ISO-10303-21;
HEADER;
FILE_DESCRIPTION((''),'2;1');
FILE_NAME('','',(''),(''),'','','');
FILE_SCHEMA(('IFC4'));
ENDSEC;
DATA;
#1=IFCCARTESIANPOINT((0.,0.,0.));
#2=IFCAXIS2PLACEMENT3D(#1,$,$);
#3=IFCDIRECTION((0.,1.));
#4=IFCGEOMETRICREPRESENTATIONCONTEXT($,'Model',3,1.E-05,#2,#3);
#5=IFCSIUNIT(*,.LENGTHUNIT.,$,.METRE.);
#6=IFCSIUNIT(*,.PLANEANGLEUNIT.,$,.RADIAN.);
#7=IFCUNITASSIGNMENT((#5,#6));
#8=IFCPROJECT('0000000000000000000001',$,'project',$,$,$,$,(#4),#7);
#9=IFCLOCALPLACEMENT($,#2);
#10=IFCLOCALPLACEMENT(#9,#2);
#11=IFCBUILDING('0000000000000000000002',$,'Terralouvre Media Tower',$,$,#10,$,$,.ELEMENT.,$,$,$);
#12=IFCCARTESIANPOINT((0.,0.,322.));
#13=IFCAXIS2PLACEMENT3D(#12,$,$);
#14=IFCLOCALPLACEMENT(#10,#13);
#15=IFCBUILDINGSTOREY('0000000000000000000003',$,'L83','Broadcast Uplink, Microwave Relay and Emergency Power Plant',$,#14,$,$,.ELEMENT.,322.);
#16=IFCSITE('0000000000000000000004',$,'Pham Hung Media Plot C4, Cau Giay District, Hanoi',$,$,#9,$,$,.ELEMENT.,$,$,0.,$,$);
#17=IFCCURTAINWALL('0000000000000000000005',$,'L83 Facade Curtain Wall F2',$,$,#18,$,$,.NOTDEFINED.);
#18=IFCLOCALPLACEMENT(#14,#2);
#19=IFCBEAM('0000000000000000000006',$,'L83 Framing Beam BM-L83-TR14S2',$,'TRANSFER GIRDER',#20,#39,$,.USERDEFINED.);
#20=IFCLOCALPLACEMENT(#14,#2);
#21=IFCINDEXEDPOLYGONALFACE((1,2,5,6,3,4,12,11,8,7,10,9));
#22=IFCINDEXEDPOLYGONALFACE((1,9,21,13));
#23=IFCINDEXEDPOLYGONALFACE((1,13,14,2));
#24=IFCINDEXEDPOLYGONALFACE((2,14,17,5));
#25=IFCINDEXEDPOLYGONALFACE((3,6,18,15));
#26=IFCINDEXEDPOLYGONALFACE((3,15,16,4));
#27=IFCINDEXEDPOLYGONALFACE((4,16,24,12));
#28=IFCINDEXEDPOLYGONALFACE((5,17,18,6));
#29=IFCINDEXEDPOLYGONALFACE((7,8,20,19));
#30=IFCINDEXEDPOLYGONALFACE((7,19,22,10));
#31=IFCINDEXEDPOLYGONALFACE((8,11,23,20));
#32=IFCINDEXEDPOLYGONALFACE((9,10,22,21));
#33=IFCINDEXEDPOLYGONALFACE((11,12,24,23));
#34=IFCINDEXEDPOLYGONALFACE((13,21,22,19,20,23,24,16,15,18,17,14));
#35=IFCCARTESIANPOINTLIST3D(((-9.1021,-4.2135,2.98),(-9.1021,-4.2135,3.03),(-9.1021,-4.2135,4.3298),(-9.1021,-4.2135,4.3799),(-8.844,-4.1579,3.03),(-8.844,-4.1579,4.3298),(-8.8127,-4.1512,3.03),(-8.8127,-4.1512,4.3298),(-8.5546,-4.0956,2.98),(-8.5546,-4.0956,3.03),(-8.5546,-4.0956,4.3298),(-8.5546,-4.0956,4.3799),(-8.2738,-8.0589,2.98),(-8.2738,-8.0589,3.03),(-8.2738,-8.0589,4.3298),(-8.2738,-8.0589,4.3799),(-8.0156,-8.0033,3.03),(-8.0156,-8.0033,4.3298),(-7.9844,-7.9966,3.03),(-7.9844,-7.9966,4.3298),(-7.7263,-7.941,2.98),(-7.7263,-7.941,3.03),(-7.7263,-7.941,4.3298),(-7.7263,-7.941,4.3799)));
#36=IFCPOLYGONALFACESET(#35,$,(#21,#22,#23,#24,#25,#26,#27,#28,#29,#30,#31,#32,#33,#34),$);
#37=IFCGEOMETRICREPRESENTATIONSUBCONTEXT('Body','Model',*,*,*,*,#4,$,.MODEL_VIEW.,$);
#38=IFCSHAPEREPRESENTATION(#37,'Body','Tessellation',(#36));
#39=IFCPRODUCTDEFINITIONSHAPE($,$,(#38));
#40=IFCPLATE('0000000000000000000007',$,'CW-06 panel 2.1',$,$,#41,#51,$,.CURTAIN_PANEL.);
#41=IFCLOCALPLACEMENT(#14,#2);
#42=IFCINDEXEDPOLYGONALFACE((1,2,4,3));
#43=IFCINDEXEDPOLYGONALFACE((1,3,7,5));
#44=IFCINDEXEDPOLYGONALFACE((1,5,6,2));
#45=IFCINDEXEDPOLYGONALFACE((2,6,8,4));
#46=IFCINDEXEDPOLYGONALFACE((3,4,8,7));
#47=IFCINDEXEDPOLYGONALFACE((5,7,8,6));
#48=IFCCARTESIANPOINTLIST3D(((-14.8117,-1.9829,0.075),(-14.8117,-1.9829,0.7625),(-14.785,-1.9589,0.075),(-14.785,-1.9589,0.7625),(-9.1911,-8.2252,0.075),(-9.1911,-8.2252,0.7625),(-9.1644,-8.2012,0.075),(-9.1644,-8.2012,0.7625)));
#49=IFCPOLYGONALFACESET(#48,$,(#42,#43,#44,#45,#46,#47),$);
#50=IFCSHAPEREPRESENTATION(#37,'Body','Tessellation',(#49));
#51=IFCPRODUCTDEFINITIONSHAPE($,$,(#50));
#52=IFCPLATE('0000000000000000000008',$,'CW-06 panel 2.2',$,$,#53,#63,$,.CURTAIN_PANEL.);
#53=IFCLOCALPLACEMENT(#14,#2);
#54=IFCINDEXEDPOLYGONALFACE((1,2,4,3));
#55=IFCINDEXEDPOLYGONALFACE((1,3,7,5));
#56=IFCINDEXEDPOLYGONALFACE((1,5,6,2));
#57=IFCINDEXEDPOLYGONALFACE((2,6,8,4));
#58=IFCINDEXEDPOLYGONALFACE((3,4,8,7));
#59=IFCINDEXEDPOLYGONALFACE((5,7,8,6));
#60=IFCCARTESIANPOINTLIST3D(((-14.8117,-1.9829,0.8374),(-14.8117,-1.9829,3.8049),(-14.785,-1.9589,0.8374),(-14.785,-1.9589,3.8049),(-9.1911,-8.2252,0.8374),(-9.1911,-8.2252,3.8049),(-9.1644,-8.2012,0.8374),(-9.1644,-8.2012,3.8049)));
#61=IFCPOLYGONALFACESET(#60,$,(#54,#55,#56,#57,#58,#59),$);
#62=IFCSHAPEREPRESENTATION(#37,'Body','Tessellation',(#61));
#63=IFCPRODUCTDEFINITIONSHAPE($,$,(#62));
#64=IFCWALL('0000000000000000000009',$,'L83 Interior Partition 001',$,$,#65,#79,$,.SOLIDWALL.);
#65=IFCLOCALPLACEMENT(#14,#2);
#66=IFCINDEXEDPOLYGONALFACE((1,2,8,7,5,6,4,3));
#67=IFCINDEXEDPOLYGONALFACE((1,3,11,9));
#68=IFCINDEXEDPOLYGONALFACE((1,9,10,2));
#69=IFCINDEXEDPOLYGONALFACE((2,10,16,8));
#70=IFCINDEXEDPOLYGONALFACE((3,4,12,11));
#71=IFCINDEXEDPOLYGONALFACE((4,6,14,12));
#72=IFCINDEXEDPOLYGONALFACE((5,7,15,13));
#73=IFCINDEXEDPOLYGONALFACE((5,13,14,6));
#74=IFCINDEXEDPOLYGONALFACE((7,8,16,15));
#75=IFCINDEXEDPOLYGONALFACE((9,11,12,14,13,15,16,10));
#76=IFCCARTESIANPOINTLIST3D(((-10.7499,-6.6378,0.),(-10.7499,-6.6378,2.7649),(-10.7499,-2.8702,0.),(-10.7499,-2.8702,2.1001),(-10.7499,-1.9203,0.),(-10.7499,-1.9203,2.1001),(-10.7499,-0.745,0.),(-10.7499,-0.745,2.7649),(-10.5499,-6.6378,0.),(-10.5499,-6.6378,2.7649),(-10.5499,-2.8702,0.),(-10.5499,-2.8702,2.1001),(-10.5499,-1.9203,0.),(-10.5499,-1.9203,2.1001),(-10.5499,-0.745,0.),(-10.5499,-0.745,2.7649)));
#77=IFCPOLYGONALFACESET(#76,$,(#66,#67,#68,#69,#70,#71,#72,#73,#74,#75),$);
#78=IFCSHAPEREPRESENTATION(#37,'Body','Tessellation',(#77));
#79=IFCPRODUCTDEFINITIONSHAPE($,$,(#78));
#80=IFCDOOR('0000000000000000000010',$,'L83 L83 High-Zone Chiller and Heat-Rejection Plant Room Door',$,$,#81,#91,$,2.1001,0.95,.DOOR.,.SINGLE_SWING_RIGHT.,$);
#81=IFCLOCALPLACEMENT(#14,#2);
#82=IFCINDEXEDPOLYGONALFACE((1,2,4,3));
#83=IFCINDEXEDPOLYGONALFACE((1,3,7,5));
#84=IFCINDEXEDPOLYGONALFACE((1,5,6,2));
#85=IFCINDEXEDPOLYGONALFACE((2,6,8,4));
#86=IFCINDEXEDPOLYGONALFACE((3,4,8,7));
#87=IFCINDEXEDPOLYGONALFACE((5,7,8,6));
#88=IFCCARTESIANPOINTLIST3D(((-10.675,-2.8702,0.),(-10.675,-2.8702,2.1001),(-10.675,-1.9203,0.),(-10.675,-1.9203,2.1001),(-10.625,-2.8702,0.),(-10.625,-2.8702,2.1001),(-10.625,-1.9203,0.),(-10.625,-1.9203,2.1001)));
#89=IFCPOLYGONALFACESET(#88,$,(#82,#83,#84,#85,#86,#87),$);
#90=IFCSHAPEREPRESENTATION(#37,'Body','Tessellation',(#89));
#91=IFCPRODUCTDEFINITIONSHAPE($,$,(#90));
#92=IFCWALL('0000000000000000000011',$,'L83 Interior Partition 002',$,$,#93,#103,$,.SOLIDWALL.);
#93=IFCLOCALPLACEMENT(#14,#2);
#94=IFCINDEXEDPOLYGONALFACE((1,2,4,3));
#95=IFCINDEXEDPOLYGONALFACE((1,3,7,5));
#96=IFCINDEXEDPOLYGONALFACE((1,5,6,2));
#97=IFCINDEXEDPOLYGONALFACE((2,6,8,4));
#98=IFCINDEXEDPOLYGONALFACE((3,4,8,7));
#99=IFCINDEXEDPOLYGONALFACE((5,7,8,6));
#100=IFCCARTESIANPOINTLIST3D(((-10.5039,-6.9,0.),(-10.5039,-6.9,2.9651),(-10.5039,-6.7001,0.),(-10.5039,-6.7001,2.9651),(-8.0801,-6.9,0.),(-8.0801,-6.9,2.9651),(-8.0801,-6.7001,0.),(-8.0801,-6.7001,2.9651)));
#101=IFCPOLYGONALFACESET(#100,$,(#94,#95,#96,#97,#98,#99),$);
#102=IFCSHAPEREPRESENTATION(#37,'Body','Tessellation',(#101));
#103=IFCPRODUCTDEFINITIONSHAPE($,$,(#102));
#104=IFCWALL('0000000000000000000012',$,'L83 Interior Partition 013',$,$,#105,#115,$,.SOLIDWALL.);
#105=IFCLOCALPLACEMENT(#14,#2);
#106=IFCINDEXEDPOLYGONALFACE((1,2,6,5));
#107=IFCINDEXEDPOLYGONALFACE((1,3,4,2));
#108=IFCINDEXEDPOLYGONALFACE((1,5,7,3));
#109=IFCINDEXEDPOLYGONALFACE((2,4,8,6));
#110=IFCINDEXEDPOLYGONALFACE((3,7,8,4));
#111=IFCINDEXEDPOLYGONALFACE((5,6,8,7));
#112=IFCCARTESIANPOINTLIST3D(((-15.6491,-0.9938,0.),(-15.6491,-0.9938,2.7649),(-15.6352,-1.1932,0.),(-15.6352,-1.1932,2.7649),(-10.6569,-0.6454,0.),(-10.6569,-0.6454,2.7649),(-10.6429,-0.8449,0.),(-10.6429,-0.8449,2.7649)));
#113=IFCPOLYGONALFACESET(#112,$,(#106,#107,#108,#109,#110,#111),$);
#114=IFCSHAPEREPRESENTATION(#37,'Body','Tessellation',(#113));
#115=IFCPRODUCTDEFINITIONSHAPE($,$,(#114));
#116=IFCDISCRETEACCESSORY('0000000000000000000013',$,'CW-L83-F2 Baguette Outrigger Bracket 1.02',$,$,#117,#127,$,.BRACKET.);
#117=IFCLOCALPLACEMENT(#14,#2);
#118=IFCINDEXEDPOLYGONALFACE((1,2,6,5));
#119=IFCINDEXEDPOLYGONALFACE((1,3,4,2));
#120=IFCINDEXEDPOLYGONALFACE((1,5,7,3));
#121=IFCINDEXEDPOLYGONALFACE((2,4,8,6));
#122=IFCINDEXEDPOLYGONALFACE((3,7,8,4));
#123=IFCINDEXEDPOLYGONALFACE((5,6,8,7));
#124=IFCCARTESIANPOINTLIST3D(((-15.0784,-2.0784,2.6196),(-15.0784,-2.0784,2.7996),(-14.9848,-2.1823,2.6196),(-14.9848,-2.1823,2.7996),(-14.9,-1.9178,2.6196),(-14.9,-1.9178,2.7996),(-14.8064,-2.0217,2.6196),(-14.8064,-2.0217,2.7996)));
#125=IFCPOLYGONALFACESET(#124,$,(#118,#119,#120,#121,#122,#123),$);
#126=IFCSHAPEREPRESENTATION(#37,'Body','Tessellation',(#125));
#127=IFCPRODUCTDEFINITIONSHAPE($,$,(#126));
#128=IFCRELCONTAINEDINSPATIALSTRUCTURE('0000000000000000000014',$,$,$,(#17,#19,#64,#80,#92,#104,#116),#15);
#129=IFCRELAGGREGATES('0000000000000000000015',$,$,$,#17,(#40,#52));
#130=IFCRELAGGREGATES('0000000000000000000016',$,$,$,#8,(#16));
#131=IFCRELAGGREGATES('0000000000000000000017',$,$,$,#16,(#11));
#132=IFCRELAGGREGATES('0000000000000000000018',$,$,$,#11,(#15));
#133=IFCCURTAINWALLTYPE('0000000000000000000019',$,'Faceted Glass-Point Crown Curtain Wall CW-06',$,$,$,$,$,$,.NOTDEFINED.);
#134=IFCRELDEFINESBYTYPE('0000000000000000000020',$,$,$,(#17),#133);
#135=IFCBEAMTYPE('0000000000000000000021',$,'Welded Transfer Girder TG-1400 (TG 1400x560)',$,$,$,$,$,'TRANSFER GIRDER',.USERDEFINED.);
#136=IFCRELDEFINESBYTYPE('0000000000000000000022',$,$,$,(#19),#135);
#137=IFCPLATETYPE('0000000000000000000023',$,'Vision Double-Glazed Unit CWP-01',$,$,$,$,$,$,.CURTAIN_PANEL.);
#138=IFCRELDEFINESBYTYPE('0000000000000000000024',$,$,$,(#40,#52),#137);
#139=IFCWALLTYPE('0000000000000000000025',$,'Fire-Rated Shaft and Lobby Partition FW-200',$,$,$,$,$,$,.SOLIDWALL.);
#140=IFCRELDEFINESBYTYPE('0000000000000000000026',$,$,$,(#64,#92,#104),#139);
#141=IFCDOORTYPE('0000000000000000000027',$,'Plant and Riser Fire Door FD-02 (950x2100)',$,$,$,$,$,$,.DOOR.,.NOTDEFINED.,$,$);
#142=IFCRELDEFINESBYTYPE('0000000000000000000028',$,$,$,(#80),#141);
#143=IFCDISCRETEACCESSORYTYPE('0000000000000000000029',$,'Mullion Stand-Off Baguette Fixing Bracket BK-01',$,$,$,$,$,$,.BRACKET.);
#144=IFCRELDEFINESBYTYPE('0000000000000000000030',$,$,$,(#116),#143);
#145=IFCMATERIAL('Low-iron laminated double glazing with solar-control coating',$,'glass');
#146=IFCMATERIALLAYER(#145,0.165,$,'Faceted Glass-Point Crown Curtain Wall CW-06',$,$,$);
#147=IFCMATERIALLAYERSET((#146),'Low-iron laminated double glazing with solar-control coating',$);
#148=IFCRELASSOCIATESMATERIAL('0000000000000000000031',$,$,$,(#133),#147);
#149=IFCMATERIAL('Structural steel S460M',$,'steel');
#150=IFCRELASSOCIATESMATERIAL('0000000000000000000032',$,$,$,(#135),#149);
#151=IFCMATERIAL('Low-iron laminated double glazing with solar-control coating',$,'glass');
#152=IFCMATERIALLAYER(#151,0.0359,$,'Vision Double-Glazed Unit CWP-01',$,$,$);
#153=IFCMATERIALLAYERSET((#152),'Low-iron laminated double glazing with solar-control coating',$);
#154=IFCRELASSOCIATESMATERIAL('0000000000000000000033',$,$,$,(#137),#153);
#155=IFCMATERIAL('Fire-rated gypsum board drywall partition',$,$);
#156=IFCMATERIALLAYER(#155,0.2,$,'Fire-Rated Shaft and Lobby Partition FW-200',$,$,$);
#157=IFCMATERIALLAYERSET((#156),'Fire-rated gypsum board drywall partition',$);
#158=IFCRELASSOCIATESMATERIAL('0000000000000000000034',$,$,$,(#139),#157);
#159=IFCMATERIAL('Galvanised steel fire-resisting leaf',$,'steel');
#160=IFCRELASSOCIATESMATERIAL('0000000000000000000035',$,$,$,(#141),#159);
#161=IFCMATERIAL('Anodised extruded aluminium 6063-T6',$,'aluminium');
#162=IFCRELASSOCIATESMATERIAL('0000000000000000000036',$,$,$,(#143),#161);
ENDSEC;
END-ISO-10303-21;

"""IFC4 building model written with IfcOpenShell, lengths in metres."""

from ifc_helpers import new_model, si_unit, direction, frame, frame_2d, origin, origin_2d, place, context, subcontext, project, spatial, rectangle, i_section, extrude, material, layer, layer_set, material_profile, profile_set, type_object, element, fill, aggregate, save


model = new_model("IFC4")

# Units and contexts
model_context = context("Model", 3, precision=1e-05, world=origin(), true_north=direction((0.0, 1.0)))
body_context = subcontext(model_context, "Body", "Model", "MODEL_VIEW")
ifc_project = project(units=[si_unit("LENGTHUNIT", "METRE"), si_unit("PLANEANGLEUNIT", "RADIAN")], contexts=[model_context])

# Site, building, storey
site_placement = place(None, origin())
site = spatial("IfcSite", under=ifc_project, at=site_placement, Name="Pham Hung Media Plot C4, Cau Giay District, Hanoi", CompositionType="ELEMENT", RefElevation=0.0)
building_placement = place(site_placement, origin())
building = spatial("IfcBuilding", under=site, at=building_placement, Name="Terralouvre Media Tower", CompositionType="ELEMENT")
storey_placement = place(building_placement, frame((0.0, 0.0, 322.0)))
storey = spatial("IfcBuildingStorey", under=building, at=storey_placement, Name="L83", Description="Broadcast Uplink, Microwave Relay and Emergency Power Plant", CompositionType="ELEMENT", Elevation=322.0)

# Curtain wall
ifc_material_1 = material(Name="Low-iron laminated double glazing with solar-control coating", Category="glass")
ifc_layer_1 = layer(ifc_material_1, 0.165, Name="Faceted Glass-Point Crown Curtain Wall CW-06")
ifc_layer_set_1 = layer_set([ifc_layer_1], Name="Low-iron laminated double glazing with solar-control coating")
curtain_wall_type = type_object("IfcCurtainWallType", Name="Faceted Glass-Point Crown Curtain Wall CW-06", PredefinedType="NOTDEFINED", material=ifc_layer_set_1)
curtain_wall_placement = place(storey_placement, origin())
curtain_wall = element("IfcCurtainWall", 1, at=curtain_wall_placement, inside=storey, type_object=curtain_wall_type, Name="L83 Facade Curtain Wall F2", PredefinedType="NOTDEFINED")

# Beam
ifc_material_2 = material(Name="Structural steel S460M", Category="steel")
ifc_material_profile_1 = material_profile(ifc_material_2, i_section(OverallWidth=0.5601, OverallDepth=1.3999, WebThickness=0.032, FlangeThickness=0.05, at=origin_2d()), Name="TG 1400x560")
ifc_profile_set_1 = profile_set([ifc_material_profile_1], Name="Structural steel S460M")
beam_type = type_object("IfcBeamType", Name="Welded Transfer Girder TG-1400 (TG 1400x560)", ElementType="TRANSFER GIRDER", PredefinedType="USERDEFINED", material=ifc_profile_set_1)
beam_1_placement = place(storey_placement, frame((-8.8284, -4.1545, 3.6799), z_axis=(0.210584, -0.977576, 0.0), x_axis=(0.977576, 0.210584, 0.0)))
element("IfcBeam", 2, at=beam_1_placement, inside=storey, type_object=beam_type, Name="L83 Framing Beam BM-L83-TR14S2", ObjectType="TRANSFER GIRDER", PredefinedType="USERDEFINED", context=body_context, shape_type="SweptSolid", body=[
    extrude(i_section(OverallWidth=0.5601, OverallDepth=1.3999, WebThickness=0.032, FlangeThickness=0.05, at=origin_2d()), origin(), (0.0, 0.0, 1.0), 3.9336),
])

# Plates
ifc_material_3 = material(Name="Low-iron laminated double glazing with solar-control coating", Category="glass")
ifc_layer_2 = layer(ifc_material_3, 0.0359, Name="Vision Double-Glazed Unit CWP-01")
ifc_layer_set_2 = layer_set([ifc_layer_2], Name="Low-iron laminated double glazing with solar-control coating")
plate_type = type_object("IfcPlateType", Name="Vision Double-Glazed Unit CWP-01", PredefinedType="CURTAIN_PANEL", material=ifc_layer_set_2)
plate_1_placement = place(storey_placement, frame((-11.988, -5.092, 0.075), z_axis=(0.0, 0.0, 1.0), x_axis=(0.669131, -0.743145, 0.0)))
plate_1 = element("IfcPlate", 3, at=plate_1_placement, type_object=plate_type, Name="CW-06 panel 2.1", PredefinedType="CURTAIN_PANEL", context=body_context, shape_type="SweptSolid", body=[
    extrude(rectangle(XDim=8.3999, YDim=0.0359, at=origin_2d()), origin(), (0.0, 0.0, 1.0), 0.6875),
])
plate_2_placement = place(storey_placement, frame((-11.988, -5.092, 0.8374), z_axis=(0.0, 0.0, 1.0), x_axis=(0.669131, -0.743145, 0.0)))
plate_2 = element("IfcPlate", 4, at=plate_2_placement, type_object=plate_type, Name="CW-06 panel 2.2", PredefinedType="CURTAIN_PANEL", context=body_context, shape_type="SweptSolid", body=[
    extrude(rectangle(XDim=8.3999, YDim=0.0359, at=origin_2d()), origin(), (0.0, 0.0, 1.0), 2.9675),
])
aggregate(curtain_wall, [plate_1, plate_2])

# Wall, opening, door
ifc_material_4 = material(Name="Fire-rated gypsum board drywall partition")
ifc_layer_3 = layer(ifc_material_4, 0.2, Name="Fire-Rated Shaft and Lobby Partition FW-200")
ifc_layer_set_3 = layer_set([ifc_layer_3], Name="Fire-rated gypsum board drywall partition")
wall_type = type_object("IfcWallType", Name="Fire-Rated Shaft and Lobby Partition FW-200", PredefinedType="SOLIDWALL", material=ifc_layer_set_3)
wall_1_placement = place(storey_placement, frame((-10.6499, -0.7451, 0.0), z_axis=(0.0, 0.0, 1.0), x_axis=(0.0, -1.0, 0.0)))
wall_1 = element("IfcWall", 5, at=wall_1_placement, inside=storey, type_object=wall_type, Name="L83 Interior Partition 001", PredefinedType="SOLIDWALL", context=body_context, shape_type="SweptSolid", body=[
    extrude(rectangle(XDim=5.8928, YDim=0.2, at=frame_2d((2.9463, 0.0))), origin(), (0.0, 0.0, 1.0), 2.7649),
])
opening_placement = place(wall_1_placement, frame((1.175, 0.0, 0.0)))
opening = element("IfcOpeningElement", 6, at=opening_placement, cuts=wall_1, PredefinedType="OPENING", context=body_context, shape_type="SweptSolid", body=[
    extrude(rectangle(XDim=0.95, YDim=2.1001, at=frame_2d((0.4751, 1.05))), frame((0.0, 0.1099, 0.0), z_axis=(0.0, -1.0, 0.0), x_axis=(1.0, 0.0, 0.0)), (0.0, 0.0, 1.0), 0.22),
])
ifc_material_5 = material(Name="Galvanised steel fire-resisting leaf", Category="steel")
door_type = type_object("IfcDoorType", Name="Plant and Riser Fire Door FD-02 (950x2100)", OperationType="NOTDEFINED", PredefinedType="DOOR", material=ifc_material_5)
door_placement = place(opening_placement, origin())
door = element("IfcDoor", 7, at=door_placement, inside=storey, type_object=door_type, Name="L83 L83 High-Zone Chiller and Heat-Rejection Plant Room Door", OperationType="SINGLE_SWING_RIGHT", OverallHeight=2.1001, OverallWidth=0.95, PredefinedType="DOOR", context=body_context, shape_type="SweptSolid", body=[
    extrude(rectangle(XDim=0.95, YDim=2.1001, at=frame_2d((0.4751, 1.05))), frame((0.0, 0.0249, 0.0), z_axis=(0.0, -1.0, 0.0), x_axis=(1.0, 0.0, 0.0)), (0.0, 0.0, 1.0), 0.05),
])
fill(opening, door)

# Walls
wall_2_placement = place(storey_placement, frame((-10.5039, -6.8, 0.0), z_axis=(0.0, 0.0, 1.0), x_axis=(1.0, 0.0, 0.0)))
element("IfcWall", 8, at=wall_2_placement, inside=storey, type_object=wall_type, Name="L83 Interior Partition 002", PredefinedType="SOLIDWALL", context=body_context, shape_type="SweptSolid", body=[
    extrude(rectangle(XDim=2.4238, YDim=0.2, at=frame_2d((1.2119, 0.0))), origin(), (0.0, 0.0, 1.0), 2.9651),
])
wall_3_placement = place(storey_placement, frame((-10.6499, -0.7451, 0.0), z_axis=(0.0, 0.0, 1.0), x_axis=(-0.997574, -0.069617, 0.0)))
element("IfcWall", 9, at=wall_3_placement, inside=storey, type_object=wall_type, Name="L83 Interior Partition 013", PredefinedType="SOLIDWALL", context=body_context, shape_type="SweptSolid", body=[
    extrude(rectangle(XDim=5.0044, YDim=0.2, at=frame_2d((2.5022, 0.0))), origin(), (0.0, 0.0, 1.0), 2.7649),
])

# Discrete accessory
ifc_material_6 = material(Name="Anodised extruded aluminium 6063-T6", Category="aluminium")
discrete_accessory_type = type_object("IfcDiscreteAccessoryType", Name="Mullion Stand-Off Baguette Fixing Bracket BK-01", PredefinedType="BRACKET", material=ifc_material_6)
discrete_accessory_placement = place(storey_placement, frame((-14.9424, -2.05, 2.6196), z_axis=(0.0, 0.0, 1.0), x_axis=(0.669131, -0.743145, 0.0)))
element("IfcDiscreteAccessory", 10, at=discrete_accessory_placement, inside=storey, type_object=discrete_accessory_type, Name="CW-L83-F2 Baguette Outrigger Bracket 1.02", PredefinedType="BRACKET", context=body_context, shape_type="SweptSolid", body=[
    extrude(rectangle(XDim=0.1399, YDim=0.24, at=origin_2d()), origin(), (0.0, 0.0, 1.0), 0.1799),
])

save(model, "model.ifc")
